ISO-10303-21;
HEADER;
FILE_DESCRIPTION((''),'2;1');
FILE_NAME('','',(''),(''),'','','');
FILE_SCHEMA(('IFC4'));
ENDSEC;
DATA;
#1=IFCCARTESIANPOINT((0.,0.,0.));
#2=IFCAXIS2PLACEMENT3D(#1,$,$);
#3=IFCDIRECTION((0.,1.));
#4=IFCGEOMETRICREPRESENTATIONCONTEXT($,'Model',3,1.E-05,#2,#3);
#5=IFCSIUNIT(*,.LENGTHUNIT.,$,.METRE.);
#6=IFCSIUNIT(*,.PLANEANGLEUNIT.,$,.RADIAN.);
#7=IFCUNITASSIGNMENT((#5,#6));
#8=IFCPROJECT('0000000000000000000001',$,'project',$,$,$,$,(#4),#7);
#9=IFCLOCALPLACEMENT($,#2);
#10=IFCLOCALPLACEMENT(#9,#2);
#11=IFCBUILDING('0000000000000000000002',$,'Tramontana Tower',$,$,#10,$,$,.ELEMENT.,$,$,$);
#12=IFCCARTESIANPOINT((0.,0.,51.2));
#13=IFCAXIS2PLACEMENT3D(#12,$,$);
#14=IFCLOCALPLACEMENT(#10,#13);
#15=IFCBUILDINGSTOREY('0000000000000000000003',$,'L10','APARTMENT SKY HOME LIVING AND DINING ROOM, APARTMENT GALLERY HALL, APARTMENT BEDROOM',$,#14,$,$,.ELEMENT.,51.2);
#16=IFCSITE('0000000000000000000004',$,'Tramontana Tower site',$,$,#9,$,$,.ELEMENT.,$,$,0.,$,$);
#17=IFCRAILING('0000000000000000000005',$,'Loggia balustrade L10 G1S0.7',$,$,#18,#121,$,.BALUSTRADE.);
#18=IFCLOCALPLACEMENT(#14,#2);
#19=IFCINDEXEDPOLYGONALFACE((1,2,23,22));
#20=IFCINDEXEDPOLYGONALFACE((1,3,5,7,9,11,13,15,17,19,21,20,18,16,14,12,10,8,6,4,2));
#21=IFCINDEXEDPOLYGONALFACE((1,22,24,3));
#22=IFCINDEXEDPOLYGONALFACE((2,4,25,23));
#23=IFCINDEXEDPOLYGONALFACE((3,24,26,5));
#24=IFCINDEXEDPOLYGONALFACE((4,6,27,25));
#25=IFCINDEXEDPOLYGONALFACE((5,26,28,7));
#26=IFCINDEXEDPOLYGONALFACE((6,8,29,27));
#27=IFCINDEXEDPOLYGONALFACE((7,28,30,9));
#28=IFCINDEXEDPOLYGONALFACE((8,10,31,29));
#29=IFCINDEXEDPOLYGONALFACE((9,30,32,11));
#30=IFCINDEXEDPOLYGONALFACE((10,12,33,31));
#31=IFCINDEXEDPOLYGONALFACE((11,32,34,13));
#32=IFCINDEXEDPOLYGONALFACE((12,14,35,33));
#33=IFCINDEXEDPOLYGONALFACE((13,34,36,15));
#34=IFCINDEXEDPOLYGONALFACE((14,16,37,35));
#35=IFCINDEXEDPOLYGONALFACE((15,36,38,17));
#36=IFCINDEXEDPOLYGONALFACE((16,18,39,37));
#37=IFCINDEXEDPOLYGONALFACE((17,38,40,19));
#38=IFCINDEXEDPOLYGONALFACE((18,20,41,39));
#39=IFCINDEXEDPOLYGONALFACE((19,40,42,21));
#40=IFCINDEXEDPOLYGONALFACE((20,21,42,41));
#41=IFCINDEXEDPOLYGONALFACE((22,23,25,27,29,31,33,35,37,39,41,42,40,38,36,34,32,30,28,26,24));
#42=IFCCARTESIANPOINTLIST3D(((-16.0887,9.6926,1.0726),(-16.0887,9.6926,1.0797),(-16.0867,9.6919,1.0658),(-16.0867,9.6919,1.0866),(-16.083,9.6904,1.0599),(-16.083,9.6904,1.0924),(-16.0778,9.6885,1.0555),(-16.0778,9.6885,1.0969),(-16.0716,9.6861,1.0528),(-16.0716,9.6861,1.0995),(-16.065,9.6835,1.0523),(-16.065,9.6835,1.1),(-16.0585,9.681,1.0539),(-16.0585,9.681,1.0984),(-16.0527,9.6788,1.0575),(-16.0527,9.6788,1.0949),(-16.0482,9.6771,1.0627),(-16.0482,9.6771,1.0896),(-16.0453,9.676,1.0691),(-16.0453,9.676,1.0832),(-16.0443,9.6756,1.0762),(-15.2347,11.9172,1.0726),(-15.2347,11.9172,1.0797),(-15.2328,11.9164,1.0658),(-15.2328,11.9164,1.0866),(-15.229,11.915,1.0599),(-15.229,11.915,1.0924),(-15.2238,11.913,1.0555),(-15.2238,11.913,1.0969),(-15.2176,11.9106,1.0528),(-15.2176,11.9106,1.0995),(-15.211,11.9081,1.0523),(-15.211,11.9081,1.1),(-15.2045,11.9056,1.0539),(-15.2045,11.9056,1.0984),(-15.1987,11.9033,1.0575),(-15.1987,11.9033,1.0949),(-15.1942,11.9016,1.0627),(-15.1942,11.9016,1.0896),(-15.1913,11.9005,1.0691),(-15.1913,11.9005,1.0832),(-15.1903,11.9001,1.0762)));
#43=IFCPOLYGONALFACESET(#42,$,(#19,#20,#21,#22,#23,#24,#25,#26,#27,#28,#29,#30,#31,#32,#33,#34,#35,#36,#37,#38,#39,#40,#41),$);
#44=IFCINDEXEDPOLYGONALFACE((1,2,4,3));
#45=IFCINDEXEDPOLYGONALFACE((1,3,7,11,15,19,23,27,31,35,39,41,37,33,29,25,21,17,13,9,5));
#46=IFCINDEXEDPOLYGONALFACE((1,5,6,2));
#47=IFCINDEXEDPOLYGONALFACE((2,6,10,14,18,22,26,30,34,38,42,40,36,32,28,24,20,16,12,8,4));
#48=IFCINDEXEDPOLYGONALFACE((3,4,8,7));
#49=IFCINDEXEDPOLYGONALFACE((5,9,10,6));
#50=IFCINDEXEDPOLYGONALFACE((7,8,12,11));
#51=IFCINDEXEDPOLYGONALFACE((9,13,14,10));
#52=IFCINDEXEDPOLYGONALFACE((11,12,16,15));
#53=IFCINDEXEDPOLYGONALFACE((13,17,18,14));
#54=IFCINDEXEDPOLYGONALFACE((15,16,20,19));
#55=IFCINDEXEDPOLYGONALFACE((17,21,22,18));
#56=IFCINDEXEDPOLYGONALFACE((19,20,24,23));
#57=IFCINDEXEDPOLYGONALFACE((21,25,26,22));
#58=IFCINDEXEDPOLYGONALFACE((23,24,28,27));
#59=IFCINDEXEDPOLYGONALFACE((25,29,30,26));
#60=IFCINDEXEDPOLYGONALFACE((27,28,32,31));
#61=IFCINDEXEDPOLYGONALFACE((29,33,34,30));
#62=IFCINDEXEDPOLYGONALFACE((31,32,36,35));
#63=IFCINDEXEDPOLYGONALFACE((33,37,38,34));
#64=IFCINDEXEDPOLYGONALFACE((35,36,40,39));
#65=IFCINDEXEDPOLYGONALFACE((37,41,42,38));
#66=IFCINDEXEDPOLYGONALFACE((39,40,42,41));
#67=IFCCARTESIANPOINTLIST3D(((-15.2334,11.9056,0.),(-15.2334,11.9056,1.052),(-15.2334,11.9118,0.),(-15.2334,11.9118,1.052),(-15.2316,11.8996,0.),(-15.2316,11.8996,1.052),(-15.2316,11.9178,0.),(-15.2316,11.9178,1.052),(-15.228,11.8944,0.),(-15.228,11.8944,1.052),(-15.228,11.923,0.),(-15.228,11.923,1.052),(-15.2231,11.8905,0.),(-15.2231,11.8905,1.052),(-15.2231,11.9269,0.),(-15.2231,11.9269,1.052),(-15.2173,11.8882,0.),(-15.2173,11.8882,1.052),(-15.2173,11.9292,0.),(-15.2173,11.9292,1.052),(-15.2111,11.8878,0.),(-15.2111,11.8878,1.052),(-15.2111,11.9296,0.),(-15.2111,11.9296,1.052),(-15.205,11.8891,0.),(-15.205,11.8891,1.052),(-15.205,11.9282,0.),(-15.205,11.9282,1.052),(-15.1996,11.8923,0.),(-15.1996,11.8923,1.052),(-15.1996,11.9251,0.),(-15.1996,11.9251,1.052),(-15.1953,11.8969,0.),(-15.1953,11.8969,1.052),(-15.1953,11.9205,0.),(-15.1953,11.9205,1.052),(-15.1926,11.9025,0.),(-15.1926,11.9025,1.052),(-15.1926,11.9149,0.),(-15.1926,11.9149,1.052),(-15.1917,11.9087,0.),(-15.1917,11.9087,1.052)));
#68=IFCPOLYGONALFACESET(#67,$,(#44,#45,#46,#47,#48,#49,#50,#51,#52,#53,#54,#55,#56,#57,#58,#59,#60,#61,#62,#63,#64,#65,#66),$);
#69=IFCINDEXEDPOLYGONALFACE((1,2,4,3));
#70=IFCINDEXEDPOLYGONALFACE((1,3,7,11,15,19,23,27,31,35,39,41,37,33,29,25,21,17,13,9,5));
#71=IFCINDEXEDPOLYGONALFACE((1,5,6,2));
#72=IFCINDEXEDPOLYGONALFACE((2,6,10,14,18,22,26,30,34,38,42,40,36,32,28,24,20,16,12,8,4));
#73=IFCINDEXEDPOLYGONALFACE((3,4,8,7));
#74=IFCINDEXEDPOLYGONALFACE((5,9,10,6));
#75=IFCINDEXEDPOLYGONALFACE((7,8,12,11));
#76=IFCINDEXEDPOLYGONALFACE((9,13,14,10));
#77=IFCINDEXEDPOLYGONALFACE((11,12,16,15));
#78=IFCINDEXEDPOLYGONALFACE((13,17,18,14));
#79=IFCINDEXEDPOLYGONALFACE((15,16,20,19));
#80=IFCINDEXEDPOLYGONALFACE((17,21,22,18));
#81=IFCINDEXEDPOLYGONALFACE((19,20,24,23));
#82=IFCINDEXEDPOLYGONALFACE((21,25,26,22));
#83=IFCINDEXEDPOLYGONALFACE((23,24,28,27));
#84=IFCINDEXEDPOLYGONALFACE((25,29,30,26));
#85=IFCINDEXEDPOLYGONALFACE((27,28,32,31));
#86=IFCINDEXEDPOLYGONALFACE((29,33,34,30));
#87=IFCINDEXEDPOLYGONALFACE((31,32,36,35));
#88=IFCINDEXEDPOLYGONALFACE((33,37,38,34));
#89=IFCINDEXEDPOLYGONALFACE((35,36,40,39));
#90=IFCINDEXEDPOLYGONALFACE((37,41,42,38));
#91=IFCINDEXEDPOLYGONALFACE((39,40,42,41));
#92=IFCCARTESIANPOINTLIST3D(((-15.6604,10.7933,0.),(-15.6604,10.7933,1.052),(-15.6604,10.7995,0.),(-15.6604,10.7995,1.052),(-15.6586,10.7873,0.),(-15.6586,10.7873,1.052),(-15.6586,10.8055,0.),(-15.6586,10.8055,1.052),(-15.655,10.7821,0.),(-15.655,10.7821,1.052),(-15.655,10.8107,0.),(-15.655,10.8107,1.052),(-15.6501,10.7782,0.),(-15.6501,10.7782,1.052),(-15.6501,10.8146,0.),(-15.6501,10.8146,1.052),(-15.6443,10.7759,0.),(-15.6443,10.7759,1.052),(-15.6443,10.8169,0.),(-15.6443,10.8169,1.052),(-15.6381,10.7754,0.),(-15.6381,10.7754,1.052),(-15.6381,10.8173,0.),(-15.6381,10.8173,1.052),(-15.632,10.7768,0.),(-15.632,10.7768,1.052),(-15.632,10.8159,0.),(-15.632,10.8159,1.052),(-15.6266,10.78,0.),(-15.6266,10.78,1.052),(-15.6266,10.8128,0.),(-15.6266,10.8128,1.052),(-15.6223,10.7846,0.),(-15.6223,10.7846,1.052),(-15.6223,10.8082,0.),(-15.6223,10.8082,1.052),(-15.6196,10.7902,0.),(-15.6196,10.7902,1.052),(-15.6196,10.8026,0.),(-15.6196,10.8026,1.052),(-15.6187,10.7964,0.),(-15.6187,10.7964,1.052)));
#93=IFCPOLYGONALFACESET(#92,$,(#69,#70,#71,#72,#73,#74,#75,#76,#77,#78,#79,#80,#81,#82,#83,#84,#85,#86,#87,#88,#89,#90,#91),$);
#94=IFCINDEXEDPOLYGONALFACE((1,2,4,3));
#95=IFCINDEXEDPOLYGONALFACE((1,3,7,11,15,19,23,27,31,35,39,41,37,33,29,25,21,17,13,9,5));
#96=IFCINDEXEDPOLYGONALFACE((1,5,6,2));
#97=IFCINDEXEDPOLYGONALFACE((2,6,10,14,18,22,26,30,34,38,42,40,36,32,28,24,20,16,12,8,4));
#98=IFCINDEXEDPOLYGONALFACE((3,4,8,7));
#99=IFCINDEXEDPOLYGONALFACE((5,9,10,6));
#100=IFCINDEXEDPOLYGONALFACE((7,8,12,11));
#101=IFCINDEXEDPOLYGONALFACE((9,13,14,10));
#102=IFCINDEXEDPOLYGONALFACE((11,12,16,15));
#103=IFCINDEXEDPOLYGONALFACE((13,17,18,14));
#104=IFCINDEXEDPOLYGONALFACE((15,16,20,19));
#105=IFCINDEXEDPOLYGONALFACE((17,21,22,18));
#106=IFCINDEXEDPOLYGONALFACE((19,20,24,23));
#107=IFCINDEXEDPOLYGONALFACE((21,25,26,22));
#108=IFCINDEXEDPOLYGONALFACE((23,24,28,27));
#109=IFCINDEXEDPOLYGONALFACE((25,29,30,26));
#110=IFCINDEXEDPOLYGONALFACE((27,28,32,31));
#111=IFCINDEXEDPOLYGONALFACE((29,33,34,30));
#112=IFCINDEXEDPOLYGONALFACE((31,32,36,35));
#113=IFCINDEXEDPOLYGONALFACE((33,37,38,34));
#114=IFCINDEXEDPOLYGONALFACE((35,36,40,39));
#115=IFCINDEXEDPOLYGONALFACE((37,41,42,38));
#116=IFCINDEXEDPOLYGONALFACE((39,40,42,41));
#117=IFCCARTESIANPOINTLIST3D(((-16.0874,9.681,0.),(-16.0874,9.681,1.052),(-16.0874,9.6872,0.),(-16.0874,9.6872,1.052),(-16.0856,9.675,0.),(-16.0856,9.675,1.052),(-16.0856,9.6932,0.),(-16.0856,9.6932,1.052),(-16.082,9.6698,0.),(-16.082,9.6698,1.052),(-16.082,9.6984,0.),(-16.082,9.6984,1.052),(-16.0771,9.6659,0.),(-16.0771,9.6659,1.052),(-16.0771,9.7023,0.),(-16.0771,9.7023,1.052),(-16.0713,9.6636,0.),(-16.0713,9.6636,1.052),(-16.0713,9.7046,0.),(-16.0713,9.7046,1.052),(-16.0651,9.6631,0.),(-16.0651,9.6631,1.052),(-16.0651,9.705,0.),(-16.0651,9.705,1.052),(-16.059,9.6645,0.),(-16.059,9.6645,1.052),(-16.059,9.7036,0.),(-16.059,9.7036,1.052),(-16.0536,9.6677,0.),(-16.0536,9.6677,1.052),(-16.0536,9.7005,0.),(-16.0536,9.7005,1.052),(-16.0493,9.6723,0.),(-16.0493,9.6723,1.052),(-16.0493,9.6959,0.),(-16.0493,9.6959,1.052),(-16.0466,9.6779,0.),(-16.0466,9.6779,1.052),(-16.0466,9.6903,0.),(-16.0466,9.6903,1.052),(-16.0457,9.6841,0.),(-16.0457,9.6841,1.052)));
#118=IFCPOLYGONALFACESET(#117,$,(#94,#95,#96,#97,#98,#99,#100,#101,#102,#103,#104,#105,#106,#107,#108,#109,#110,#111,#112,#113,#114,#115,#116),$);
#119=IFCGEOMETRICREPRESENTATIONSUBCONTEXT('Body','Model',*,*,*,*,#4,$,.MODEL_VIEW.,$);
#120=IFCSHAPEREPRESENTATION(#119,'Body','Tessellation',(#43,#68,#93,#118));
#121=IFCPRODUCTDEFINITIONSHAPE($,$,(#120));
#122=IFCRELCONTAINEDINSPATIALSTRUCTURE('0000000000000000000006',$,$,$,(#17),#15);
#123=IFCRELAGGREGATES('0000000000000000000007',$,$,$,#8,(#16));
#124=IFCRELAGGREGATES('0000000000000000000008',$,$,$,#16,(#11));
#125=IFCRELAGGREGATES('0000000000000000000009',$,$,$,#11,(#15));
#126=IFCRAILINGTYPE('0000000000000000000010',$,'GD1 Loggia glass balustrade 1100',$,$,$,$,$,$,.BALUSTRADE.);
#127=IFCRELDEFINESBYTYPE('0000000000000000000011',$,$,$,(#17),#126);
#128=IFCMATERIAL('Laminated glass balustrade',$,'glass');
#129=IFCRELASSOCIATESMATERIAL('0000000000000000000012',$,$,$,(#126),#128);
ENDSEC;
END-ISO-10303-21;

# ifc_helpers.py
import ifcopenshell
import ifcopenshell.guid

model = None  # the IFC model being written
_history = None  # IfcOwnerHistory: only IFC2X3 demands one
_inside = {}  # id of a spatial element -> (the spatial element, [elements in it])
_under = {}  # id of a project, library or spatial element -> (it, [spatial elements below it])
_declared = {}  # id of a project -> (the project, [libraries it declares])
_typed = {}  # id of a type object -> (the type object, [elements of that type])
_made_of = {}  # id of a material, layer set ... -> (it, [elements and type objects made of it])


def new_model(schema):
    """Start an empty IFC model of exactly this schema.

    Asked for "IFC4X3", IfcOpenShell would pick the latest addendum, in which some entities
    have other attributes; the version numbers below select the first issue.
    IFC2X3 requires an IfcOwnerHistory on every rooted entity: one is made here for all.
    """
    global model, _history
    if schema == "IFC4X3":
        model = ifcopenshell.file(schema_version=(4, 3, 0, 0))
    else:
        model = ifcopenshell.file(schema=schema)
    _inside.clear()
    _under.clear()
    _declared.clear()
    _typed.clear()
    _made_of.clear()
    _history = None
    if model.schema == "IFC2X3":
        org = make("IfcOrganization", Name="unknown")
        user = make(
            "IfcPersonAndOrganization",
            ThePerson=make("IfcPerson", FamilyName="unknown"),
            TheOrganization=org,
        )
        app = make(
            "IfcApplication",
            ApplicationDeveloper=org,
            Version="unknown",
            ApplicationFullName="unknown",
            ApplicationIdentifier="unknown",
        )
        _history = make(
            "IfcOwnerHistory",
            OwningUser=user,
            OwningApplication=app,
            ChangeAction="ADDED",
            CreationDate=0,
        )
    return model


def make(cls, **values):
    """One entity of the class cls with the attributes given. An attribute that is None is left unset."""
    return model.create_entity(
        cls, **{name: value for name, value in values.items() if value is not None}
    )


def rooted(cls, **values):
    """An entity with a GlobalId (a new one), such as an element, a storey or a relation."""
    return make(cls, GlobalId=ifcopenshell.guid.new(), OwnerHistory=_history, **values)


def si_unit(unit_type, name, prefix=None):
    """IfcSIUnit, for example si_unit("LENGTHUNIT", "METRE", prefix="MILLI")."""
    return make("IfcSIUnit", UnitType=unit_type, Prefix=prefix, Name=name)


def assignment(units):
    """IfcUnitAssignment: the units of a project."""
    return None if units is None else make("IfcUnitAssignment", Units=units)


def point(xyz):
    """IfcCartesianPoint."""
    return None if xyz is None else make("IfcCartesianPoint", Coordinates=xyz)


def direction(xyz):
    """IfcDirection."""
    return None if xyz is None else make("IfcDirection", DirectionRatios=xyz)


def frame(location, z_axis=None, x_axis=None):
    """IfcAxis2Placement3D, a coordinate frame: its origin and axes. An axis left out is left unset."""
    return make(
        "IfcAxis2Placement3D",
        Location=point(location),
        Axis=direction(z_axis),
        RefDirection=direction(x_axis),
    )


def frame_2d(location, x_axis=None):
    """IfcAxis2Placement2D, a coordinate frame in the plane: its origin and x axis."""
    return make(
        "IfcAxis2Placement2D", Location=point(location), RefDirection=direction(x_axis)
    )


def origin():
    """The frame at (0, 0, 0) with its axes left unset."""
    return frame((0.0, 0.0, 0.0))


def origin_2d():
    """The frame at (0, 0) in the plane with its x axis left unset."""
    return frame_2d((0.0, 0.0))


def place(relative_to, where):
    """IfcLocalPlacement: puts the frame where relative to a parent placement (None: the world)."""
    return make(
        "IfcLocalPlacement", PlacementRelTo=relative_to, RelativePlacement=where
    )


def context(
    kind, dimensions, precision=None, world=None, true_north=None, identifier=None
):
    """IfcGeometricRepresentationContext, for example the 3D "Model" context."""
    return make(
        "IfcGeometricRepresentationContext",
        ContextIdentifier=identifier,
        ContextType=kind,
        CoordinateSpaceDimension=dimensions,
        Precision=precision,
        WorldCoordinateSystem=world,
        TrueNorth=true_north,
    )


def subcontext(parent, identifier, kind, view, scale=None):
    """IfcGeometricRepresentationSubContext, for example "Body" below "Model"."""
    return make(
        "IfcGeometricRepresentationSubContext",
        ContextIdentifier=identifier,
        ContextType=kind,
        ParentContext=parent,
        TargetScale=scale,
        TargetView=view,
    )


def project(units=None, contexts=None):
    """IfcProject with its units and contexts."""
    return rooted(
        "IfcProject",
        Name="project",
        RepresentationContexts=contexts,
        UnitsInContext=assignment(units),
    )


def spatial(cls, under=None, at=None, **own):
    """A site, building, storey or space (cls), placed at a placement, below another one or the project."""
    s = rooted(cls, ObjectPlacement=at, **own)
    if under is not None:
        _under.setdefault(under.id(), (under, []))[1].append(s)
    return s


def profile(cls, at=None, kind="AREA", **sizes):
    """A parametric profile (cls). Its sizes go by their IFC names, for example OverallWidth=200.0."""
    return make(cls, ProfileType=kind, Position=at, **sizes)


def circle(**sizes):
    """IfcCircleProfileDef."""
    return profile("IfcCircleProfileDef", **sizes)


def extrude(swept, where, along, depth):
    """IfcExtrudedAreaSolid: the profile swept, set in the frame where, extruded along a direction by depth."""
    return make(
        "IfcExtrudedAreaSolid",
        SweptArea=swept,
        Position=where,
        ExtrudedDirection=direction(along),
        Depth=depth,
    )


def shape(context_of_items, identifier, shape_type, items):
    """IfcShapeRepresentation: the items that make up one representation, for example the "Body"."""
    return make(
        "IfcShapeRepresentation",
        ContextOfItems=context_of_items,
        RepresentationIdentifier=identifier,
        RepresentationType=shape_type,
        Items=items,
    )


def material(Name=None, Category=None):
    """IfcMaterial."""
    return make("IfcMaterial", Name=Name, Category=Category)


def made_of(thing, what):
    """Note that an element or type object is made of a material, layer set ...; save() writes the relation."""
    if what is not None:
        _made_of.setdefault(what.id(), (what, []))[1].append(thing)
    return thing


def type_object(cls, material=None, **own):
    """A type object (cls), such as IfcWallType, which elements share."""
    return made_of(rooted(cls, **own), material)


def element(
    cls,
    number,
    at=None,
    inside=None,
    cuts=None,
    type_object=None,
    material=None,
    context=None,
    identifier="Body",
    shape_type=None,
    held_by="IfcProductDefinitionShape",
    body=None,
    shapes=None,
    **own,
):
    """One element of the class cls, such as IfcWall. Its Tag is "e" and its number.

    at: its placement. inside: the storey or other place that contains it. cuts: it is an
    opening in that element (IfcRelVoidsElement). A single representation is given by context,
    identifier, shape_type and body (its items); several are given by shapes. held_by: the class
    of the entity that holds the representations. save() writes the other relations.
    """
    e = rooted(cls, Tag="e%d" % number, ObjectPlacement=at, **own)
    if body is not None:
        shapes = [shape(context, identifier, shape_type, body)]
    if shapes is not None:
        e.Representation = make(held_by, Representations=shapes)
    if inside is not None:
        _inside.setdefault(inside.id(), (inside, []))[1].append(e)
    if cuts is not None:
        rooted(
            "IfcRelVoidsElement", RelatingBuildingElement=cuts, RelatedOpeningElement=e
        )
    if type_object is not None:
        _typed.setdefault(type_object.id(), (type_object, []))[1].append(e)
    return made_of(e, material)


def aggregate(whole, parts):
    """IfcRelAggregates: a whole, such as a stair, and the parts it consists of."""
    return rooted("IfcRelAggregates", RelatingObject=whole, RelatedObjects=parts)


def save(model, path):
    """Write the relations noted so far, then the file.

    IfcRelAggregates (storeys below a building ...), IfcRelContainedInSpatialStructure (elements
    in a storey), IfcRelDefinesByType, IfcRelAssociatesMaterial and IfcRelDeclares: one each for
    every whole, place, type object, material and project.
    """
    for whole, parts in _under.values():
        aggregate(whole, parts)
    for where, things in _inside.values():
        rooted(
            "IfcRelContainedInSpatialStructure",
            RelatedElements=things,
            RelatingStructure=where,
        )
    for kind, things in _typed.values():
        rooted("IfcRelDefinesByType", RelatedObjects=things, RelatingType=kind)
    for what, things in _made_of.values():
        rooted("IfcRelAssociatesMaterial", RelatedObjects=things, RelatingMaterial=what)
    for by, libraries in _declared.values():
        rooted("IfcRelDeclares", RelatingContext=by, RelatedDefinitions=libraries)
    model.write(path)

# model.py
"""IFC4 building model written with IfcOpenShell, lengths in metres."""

from ifc_helpers import new_model, si_unit, direction, frame, origin, origin_2d, place, context, subcontext, project, spatial, circle, extrude, material, type_object, element, save


model = new_model("IFC4")

# Units and contexts
model_context = context("Model", 3, precision=1e-05, world=origin(), true_north=direction((0.0, 1.0)))
body_context = subcontext(model_context, "Body", "Model", "MODEL_VIEW")
ifc_project = project(units=[si_unit("LENGTHUNIT", "METRE"), si_unit("PLANEANGLEUNIT", "RADIAN")], contexts=[model_context])

# Site, building, storey
site_placement = place(None, origin())
site = spatial("IfcSite", under=ifc_project, at=site_placement, Name="Tramontana Tower site", CompositionType="ELEMENT", RefElevation=0.0)
building_placement = place(site_placement, origin())
building = spatial("IfcBuilding", under=site, at=building_placement, Name="Tramontana Tower", CompositionType="ELEMENT")
storey_placement = place(building_placement, frame((0.0, 0.0, 51.2)))
storey = spatial("IfcBuildingStorey", under=building, at=storey_placement, Name="L10", Description="APARTMENT SKY HOME LIVING AND DINING ROOM, APARTMENT GALLERY HALL, APARTMENT BEDROOM", CompositionType="ELEMENT", Elevation=51.2)

# Railing
ifc_material_1 = material(Name="Laminated glass balustrade", Category="glass")
railing_type = type_object("IfcRailingType", Name="GD1 Loggia glass balustrade 1100", PredefinedType="BALUSTRADE", material=ifc_material_1)
railing_placement = place(storey_placement, frame((-15.2126, 11.9087, 0.0)))
element("IfcRailing", 1, at=railing_placement, inside=storey, type_object=railing_type, Name="Loggia balustrade L10 G1S0.7", PredefinedType="BALUSTRADE", context=body_context, shape_type="SweptSolid", body=[
    extrude(circle(Radius=0.0239, at=origin_2d()), frame((0.0, 0.0, 1.0762), z_axis=(-0.358389, -0.933573, 0.0), x_axis=(0.933573, -0.358389, 0.0)), (0.0, 0.0, 1.0), 2.3828),
    extrude(circle(Radius=0.021, at=origin_2d()), origin(), (0.0, 0.0, 1.0), 1.052),
    extrude(circle(Radius=0.021, at=origin_2d()), frame((-0.427, -1.1123, 0.0)), (0.0, 0.0, 1.0), 1.052),
    extrude(circle(Radius=0.021, at=origin_2d()), frame((-0.854, -2.2246, 0.0)), (0.0, 0.0, 1.0), 1.052),
])

save(model, "model.ifc")
